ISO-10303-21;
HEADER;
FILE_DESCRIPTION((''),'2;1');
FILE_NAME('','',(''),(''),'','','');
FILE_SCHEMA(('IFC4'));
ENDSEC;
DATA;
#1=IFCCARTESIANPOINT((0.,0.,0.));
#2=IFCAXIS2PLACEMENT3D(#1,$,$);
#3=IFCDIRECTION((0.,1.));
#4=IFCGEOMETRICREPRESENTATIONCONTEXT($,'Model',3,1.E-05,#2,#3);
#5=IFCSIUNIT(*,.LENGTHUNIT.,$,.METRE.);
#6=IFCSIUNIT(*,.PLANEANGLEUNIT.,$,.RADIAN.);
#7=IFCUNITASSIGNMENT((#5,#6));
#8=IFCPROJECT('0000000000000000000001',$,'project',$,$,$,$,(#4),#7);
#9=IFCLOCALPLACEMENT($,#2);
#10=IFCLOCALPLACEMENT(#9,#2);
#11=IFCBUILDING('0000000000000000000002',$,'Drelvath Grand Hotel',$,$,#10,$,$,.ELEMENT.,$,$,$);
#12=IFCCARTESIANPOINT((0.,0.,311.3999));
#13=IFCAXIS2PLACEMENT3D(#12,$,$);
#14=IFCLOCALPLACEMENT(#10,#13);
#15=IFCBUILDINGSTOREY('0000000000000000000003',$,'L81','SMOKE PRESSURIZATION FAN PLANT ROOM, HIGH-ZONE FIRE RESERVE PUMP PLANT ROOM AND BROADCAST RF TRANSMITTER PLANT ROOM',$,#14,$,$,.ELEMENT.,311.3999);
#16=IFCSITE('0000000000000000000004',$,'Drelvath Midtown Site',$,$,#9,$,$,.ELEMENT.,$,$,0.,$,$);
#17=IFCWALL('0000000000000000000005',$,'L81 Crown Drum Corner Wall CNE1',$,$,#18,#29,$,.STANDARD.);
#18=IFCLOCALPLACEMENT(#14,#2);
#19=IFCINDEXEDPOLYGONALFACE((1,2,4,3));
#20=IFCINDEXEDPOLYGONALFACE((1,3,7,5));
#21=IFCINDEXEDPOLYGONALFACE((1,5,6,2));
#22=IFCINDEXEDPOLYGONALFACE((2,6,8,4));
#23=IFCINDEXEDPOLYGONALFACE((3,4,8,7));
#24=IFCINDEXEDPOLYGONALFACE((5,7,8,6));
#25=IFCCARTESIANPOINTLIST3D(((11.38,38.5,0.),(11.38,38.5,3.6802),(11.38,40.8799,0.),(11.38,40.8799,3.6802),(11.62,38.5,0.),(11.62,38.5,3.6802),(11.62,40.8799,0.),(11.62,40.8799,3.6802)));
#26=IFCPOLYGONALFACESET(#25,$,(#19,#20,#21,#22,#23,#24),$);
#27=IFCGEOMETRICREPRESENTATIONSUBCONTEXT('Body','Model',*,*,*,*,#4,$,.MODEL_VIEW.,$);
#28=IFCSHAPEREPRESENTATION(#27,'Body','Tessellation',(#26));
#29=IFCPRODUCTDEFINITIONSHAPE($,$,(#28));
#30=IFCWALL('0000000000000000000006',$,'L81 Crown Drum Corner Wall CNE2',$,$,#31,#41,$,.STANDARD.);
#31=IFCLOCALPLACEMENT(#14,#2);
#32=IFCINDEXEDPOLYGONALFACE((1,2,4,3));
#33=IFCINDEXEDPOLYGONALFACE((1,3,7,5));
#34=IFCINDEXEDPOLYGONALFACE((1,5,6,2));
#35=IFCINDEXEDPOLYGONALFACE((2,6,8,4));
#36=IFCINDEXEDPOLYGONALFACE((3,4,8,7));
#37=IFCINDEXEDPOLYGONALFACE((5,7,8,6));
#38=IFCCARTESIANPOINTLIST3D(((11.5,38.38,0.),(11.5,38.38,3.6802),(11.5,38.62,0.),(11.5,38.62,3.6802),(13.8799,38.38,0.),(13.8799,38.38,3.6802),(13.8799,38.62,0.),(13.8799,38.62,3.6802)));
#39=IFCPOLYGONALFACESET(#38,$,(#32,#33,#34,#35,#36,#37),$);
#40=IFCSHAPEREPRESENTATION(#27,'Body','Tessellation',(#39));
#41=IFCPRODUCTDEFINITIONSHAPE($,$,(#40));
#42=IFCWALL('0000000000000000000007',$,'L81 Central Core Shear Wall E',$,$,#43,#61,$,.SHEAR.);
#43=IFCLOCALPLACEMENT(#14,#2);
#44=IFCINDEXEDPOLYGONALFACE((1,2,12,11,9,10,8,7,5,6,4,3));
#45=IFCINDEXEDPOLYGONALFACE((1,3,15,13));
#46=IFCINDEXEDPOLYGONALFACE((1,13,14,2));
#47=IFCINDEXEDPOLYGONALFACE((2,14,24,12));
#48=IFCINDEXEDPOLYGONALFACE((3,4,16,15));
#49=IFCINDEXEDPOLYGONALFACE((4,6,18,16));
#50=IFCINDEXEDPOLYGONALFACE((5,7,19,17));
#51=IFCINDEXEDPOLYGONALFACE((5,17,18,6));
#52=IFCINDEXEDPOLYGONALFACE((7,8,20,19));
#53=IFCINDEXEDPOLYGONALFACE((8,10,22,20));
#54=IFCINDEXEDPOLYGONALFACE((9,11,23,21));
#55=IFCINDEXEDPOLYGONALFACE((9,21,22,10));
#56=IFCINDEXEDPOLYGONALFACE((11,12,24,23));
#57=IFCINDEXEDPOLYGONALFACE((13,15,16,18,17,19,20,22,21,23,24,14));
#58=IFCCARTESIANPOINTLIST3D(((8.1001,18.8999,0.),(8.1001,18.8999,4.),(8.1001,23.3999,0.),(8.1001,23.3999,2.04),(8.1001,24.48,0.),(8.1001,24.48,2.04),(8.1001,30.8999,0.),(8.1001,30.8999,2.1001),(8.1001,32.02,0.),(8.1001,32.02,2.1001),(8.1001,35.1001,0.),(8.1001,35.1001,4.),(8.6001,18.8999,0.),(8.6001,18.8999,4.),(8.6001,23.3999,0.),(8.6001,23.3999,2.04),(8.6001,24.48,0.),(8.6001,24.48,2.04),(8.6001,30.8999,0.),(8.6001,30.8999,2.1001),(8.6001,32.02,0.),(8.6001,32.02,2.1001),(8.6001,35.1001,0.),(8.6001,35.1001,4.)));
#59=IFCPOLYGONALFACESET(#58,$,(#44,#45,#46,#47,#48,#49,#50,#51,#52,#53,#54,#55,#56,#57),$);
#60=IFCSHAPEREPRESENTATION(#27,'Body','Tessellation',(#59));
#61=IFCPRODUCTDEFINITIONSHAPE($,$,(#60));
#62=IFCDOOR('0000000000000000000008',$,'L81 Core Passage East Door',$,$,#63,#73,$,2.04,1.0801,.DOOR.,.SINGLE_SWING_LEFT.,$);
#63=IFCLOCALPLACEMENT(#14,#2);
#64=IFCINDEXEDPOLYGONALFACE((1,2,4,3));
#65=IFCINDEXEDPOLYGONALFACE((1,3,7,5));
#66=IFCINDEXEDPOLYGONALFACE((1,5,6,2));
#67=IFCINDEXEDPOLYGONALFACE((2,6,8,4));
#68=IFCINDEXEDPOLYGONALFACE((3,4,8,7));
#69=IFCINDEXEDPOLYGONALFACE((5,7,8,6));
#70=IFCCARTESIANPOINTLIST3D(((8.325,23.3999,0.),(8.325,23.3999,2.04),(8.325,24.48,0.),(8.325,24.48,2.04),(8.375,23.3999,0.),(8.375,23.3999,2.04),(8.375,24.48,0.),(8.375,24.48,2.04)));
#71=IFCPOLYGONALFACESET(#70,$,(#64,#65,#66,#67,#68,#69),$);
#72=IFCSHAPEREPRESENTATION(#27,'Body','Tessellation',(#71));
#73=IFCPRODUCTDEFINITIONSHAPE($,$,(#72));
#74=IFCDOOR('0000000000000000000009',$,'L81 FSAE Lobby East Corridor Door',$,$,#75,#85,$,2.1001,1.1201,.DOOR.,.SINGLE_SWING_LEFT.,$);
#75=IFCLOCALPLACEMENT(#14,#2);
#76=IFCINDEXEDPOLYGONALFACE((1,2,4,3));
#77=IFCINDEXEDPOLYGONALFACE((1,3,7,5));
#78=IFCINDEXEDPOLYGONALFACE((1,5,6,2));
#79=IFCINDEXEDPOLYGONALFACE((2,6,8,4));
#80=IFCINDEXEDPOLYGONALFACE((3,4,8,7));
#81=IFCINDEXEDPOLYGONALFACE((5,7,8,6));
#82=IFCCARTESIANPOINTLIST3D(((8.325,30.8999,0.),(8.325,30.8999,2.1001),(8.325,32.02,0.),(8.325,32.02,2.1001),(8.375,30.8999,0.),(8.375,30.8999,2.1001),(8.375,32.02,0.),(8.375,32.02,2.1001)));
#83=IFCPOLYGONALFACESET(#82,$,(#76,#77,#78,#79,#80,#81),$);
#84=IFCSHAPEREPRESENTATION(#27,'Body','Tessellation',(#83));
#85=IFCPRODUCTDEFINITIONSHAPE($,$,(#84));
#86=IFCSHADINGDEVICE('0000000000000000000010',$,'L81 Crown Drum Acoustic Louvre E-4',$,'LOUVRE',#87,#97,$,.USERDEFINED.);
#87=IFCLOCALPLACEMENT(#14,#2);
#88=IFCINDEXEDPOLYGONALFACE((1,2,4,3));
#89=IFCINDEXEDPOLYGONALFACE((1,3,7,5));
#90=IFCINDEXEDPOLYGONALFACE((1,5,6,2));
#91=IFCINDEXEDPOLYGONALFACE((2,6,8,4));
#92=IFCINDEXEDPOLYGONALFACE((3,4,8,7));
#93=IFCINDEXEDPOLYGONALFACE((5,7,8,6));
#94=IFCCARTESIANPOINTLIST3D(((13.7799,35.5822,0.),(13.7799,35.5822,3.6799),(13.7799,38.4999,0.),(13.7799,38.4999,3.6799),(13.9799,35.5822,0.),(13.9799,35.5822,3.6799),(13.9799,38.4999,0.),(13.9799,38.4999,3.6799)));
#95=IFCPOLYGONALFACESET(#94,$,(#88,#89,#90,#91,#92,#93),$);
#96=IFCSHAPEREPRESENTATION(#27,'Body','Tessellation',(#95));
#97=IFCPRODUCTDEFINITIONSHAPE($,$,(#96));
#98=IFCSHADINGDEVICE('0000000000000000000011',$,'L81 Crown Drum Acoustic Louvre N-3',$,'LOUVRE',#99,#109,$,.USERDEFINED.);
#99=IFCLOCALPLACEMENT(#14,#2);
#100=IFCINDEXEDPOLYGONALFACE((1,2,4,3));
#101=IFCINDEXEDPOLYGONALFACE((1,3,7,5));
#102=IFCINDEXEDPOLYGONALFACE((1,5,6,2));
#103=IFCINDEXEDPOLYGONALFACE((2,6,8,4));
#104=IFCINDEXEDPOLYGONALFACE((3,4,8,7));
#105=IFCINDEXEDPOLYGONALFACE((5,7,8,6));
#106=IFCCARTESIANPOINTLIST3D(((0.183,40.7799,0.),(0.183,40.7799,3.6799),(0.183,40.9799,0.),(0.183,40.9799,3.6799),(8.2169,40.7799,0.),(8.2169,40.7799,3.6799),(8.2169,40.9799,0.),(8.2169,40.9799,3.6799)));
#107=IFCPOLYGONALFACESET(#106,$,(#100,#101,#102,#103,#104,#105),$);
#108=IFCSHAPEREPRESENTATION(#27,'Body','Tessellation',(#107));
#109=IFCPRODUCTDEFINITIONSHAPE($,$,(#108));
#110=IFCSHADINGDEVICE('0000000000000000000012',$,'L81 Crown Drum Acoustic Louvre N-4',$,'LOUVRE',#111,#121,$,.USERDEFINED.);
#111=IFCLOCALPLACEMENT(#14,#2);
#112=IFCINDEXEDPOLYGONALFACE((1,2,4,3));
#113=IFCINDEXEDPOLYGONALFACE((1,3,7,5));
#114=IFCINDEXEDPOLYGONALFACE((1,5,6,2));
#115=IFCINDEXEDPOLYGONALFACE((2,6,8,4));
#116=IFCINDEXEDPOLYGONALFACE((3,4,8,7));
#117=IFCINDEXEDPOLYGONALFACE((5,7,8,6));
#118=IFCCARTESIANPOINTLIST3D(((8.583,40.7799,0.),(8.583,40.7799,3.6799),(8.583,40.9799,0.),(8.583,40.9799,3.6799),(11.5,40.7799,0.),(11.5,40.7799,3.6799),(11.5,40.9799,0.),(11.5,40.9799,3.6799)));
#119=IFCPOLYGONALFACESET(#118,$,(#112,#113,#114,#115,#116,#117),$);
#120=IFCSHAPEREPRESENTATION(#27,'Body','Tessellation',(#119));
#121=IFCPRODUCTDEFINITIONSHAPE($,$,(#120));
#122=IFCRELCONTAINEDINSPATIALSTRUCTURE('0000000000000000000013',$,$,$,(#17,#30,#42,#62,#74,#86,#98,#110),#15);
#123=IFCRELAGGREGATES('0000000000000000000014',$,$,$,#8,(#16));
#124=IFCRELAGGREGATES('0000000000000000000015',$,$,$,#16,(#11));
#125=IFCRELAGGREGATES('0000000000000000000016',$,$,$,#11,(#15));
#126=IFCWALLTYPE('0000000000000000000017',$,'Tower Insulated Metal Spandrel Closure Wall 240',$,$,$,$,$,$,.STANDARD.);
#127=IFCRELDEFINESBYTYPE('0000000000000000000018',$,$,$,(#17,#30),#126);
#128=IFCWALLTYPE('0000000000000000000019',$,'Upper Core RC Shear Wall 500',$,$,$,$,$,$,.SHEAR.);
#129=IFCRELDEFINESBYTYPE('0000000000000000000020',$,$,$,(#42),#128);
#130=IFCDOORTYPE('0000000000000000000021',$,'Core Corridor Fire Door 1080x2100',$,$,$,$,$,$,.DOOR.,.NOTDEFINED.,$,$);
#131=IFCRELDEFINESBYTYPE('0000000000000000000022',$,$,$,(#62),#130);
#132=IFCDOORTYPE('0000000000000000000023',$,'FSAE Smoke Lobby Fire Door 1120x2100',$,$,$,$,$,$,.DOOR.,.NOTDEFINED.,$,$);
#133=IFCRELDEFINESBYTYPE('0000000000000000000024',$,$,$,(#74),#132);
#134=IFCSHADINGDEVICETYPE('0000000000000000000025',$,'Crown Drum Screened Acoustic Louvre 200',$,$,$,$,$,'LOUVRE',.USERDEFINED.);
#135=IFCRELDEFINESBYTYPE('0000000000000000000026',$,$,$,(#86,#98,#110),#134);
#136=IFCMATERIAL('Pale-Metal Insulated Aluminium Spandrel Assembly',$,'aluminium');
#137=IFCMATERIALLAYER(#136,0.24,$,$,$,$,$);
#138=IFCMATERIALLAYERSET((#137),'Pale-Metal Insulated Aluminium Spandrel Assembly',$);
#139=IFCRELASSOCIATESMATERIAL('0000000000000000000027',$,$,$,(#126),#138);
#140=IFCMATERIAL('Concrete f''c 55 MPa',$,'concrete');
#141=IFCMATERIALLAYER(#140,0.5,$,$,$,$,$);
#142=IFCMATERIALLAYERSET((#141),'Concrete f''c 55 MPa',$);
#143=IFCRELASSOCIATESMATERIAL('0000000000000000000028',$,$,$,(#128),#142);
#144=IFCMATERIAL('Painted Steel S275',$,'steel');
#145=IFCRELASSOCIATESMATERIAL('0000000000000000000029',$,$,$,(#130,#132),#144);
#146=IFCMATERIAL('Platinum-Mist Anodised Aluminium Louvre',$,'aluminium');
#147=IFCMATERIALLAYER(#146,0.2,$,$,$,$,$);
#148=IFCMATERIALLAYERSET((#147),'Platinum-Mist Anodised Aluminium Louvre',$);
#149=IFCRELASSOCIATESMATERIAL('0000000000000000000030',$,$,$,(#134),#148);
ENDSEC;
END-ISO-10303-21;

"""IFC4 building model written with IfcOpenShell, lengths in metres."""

from ifc_helpers import new_model, si_unit, direction, frame, frame_2d, origin, origin_2d, place, context, subcontext, project, spatial, rectangle, extrude, material, layer, layer_set, type_object, element, fill, save


model = new_model("IFC4")

# Units and contexts
model_context = context("Model", 3, precision=1e-05, world=origin(), true_north=direction((0.0, 1.0)))
body_context = subcontext(model_context, "Body", "Model", "MODEL_VIEW")
ifc_project = project(units=[si_unit("LENGTHUNIT", "METRE"), si_unit("PLANEANGLEUNIT", "RADIAN")], contexts=[model_context])

# Site, building, storey
site_placement = place(None, origin())
site = spatial("IfcSite", under=ifc_project, at=site_placement, Name="Drelvath Midtown Site", CompositionType="ELEMENT", RefElevation=0.0)
building_placement = place(site_placement, origin())
building = spatial("IfcBuilding", under=site, at=building_placement, Name="Drelvath Grand Hotel", CompositionType="ELEMENT")
storey_placement = place(building_placement, frame((0.0, 0.0, 311.3999)))
storey = spatial("IfcBuildingStorey", under=building, at=storey_placement, Name="L81", Description="SMOKE PRESSURIZATION FAN PLANT ROOM, HIGH-ZONE FIRE RESERVE PUMP PLANT ROOM AND BROADCAST RF TRANSMITTER PLANT ROOM", CompositionType="ELEMENT", Elevation=311.3999)

# Walls
ifc_material_1 = material(Name="Pale-Metal Insulated Aluminium Spandrel Assembly", Category="aluminium")
ifc_layer_1 = layer(ifc_material_1, 0.24)
ifc_layer_set_1 = layer_set([ifc_layer_1], Name="Pale-Metal Insulated Aluminium Spandrel Assembly")
wall_type_1 = type_object("IfcWallType", Name="Tower Insulated Metal Spandrel Closure Wall 240", PredefinedType="STANDARD", material=ifc_layer_set_1)
for number, where, z_axis, x_axis, name in (
    (1, (11.5, 40.8799, 0.0), (0.0, 0.0, 1.0), (0.0, -1.0, 0.0), "L81 Crown Drum Corner Wall CNE1"),
    (2, (11.5, 38.5, 0.0), (0.0, 0.0, 1.0), (1.0, 0.0, 0.0), "L81 Crown Drum Corner Wall CNE2"),
):
    element("IfcWall", number, at=place(storey_placement, frame(where, z_axis=z_axis, x_axis=x_axis)), inside=storey, type_object=wall_type_1, Name=name, PredefinedType="STANDARD", context=body_context, shape_type="SweptSolid", body=[
        extrude(rectangle(XDim=2.3799, YDim=0.24, at=frame_2d((1.1899, 0.0))), origin(), (0.0, 0.0, 1.0), 3.6802),
    ])

# Wall, openings, doors
ifc_material_2 = material(Name="Concrete f'c 55 MPa", Category="concrete")
ifc_layer_2 = layer(ifc_material_2, 0.5)
ifc_layer_set_2 = layer_set([ifc_layer_2], Name="Concrete f'c 55 MPa")
wall_type_2 = type_object("IfcWallType", Name="Upper Core RC Shear Wall 500", PredefinedType="SHEAR", material=ifc_layer_set_2)
wall_1_placement = place(storey_placement, frame((8.3501, 35.1001, 0.0), z_axis=(0.0, 0.0, 1.0), x_axis=(0.0, -1.0, 0.0)))
wall_1 = element("IfcWall", 3, at=wall_1_placement, inside=storey, type_object=wall_type_2, Name="L81 Central Core Shear Wall E", PredefinedType="SHEAR", context=body_context, shape_type="SweptSolid", body=[
    extrude(rectangle(XDim=16.2002, YDim=0.5, at=frame_2d((8.1001, 0.0))), origin(), (0.0, 0.0, 1.0), 4.0),
])
opening_1_placement = place(wall_1_placement, frame((3.0801, 0.0, 0.0)))
opening_1 = element("IfcOpeningElement", 4, at=opening_1_placement, cuts=wall_1, PredefinedType="OPENING", context=body_context, shape_type="SweptSolid", body=[
    extrude(rectangle(XDim=1.1201, YDim=2.1001, at=frame_2d((0.5601, 1.05))), frame((0.0, 0.26, 0.0), z_axis=(0.0, -1.0, 0.0), x_axis=(1.0, 0.0, 0.0)), (0.0, 0.0, 1.0), 0.52),
])
opening_2_placement = place(wall_1_placement, frame((10.6201, 0.0, 0.0)))
opening_2 = element("IfcOpeningElement", 5, at=opening_2_placement, cuts=wall_1, PredefinedType="OPENING", context=body_context, shape_type="SweptSolid", body=[
    extrude(rectangle(XDim=1.0801, YDim=2.04, at=frame_2d((0.54, 1.02))), frame((0.0, 0.26, 0.0), z_axis=(0.0, -1.0, 0.0), x_axis=(1.0, 0.0, 0.0)), (0.0, 0.0, 1.0), 0.52),
])
ifc_material_3 = material(Name="Painted Steel S275", Category="steel")
door_type_1 = type_object("IfcDoorType", Name="Core Corridor Fire Door 1080x2100", OperationType="NOTDEFINED", PredefinedType="DOOR", material=ifc_material_3)
door_1_placement = place(opening_2_placement, origin())
door_1 = element("IfcDoor", 6, at=door_1_placement, inside=storey, type_object=door_type_1, Name="L81 Core Passage East Door", OperationType="SINGLE_SWING_LEFT", OverallHeight=2.04, OverallWidth=1.0801, PredefinedType="DOOR", context=body_context, shape_type="SweptSolid", body=[
    extrude(rectangle(XDim=1.0801, YDim=2.04, at=frame_2d((0.54, 1.02))), frame((0.0, 0.0249, 0.0), z_axis=(0.0, -1.0, 0.0), x_axis=(1.0, 0.0, 0.0)), (0.0, 0.0, 1.0), 0.05),
])
fill(opening_2, door_1)
door_type_2 = type_object("IfcDoorType", Name="FSAE Smoke Lobby Fire Door 1120x2100", OperationType="NOTDEFINED", PredefinedType="DOOR", material=ifc_material_3)
door_2_placement = place(opening_1_placement, origin())
door_2 = element("IfcDoor", 7, at=door_2_placement, inside=storey, type_object=door_type_2, Name="L81 FSAE Lobby East Corridor Door", OperationType="SINGLE_SWING_LEFT", OverallHeight=2.1001, OverallWidth=1.1201, PredefinedType="DOOR", context=body_context, shape_type="SweptSolid", body=[
    extrude(rectangle(XDim=1.1201, YDim=2.1001, at=frame_2d((0.5601, 1.05))), frame((0.0, 0.0249, 0.0), z_axis=(0.0, -1.0, 0.0), x_axis=(1.0, 0.0, 0.0)), (0.0, 0.0, 1.0), 0.05),
])
fill(opening_1, door_2)

# Shading devices
ifc_material_4 = material(Name="Platinum-Mist Anodised Aluminium Louvre", Category="aluminium")
ifc_layer_3 = layer(ifc_material_4, 0.2)
ifc_layer_set_3 = layer_set([ifc_layer_3], Name="Platinum-Mist Anodised Aluminium Louvre")
shading_device_type = type_object("IfcShadingDeviceType", Name="Crown Drum Screened Acoustic Louvre 200", ElementType="LOUVRE", PredefinedType="USERDEFINED", material=ifc_layer_set_3)
shading_device_1_placement = place(storey_placement, frame((13.8799, 37.041, 0.0), z_axis=(0.0, 0.0, 1.0), x_axis=(0.0, 1.0, 0.0)))
element("IfcShadingDevice", 8, at=shading_device_1_placement, inside=storey, type_object=shading_device_type, Name="L81 Crown Drum Acoustic Louvre E-4", ObjectType="LOUVRE", PredefinedType="USERDEFINED", context=body_context, shape_type="SweptSolid", body=[
    extrude(rectangle(XDim=2.9177, YDim=0.2, at=origin_2d()), origin(), (0.0, 0.0, 1.0), 3.6799),
])
shading_device_2_placement = place(storey_placement, frame((4.2, 40.8799, 0.0), z_axis=(0.0, 0.0, 1.0), x_axis=(1.0, 0.0, 0.0)))
element("IfcShadingDevice", 9, at=shading_device_2_placement, inside=storey, type_object=shading_device_type, Name="L81 Crown Drum Acoustic Louvre N-3", ObjectType="LOUVRE", PredefinedType="USERDEFINED", context=body_context, shape_type="SweptSolid", body=[
    extrude(rectangle(XDim=8.0339, YDim=0.2, at=origin_2d()), origin(), (0.0, 0.0, 1.0), 3.6799),
])
shading_device_3_placement = place(storey_placement, frame((10.0415, 40.8799, 0.0), z_axis=(0.0, 0.0, 1.0), x_axis=(1.0, 0.0, 0.0)))
element("IfcShadingDevice", 10, at=shading_device_3_placement, inside=storey, type_object=shading_device_type, Name="L81 Crown Drum Acoustic Louvre N-4", ObjectType="LOUVRE", PredefinedType="USERDEFINED", context=body_context, shape_type="SweptSolid", body=[
    extrude(rectangle(XDim=2.917, YDim=0.2, at=origin_2d()), origin(), (0.0, 0.0, 1.0), 3.6799),
])

save(model, "model.ifc")
